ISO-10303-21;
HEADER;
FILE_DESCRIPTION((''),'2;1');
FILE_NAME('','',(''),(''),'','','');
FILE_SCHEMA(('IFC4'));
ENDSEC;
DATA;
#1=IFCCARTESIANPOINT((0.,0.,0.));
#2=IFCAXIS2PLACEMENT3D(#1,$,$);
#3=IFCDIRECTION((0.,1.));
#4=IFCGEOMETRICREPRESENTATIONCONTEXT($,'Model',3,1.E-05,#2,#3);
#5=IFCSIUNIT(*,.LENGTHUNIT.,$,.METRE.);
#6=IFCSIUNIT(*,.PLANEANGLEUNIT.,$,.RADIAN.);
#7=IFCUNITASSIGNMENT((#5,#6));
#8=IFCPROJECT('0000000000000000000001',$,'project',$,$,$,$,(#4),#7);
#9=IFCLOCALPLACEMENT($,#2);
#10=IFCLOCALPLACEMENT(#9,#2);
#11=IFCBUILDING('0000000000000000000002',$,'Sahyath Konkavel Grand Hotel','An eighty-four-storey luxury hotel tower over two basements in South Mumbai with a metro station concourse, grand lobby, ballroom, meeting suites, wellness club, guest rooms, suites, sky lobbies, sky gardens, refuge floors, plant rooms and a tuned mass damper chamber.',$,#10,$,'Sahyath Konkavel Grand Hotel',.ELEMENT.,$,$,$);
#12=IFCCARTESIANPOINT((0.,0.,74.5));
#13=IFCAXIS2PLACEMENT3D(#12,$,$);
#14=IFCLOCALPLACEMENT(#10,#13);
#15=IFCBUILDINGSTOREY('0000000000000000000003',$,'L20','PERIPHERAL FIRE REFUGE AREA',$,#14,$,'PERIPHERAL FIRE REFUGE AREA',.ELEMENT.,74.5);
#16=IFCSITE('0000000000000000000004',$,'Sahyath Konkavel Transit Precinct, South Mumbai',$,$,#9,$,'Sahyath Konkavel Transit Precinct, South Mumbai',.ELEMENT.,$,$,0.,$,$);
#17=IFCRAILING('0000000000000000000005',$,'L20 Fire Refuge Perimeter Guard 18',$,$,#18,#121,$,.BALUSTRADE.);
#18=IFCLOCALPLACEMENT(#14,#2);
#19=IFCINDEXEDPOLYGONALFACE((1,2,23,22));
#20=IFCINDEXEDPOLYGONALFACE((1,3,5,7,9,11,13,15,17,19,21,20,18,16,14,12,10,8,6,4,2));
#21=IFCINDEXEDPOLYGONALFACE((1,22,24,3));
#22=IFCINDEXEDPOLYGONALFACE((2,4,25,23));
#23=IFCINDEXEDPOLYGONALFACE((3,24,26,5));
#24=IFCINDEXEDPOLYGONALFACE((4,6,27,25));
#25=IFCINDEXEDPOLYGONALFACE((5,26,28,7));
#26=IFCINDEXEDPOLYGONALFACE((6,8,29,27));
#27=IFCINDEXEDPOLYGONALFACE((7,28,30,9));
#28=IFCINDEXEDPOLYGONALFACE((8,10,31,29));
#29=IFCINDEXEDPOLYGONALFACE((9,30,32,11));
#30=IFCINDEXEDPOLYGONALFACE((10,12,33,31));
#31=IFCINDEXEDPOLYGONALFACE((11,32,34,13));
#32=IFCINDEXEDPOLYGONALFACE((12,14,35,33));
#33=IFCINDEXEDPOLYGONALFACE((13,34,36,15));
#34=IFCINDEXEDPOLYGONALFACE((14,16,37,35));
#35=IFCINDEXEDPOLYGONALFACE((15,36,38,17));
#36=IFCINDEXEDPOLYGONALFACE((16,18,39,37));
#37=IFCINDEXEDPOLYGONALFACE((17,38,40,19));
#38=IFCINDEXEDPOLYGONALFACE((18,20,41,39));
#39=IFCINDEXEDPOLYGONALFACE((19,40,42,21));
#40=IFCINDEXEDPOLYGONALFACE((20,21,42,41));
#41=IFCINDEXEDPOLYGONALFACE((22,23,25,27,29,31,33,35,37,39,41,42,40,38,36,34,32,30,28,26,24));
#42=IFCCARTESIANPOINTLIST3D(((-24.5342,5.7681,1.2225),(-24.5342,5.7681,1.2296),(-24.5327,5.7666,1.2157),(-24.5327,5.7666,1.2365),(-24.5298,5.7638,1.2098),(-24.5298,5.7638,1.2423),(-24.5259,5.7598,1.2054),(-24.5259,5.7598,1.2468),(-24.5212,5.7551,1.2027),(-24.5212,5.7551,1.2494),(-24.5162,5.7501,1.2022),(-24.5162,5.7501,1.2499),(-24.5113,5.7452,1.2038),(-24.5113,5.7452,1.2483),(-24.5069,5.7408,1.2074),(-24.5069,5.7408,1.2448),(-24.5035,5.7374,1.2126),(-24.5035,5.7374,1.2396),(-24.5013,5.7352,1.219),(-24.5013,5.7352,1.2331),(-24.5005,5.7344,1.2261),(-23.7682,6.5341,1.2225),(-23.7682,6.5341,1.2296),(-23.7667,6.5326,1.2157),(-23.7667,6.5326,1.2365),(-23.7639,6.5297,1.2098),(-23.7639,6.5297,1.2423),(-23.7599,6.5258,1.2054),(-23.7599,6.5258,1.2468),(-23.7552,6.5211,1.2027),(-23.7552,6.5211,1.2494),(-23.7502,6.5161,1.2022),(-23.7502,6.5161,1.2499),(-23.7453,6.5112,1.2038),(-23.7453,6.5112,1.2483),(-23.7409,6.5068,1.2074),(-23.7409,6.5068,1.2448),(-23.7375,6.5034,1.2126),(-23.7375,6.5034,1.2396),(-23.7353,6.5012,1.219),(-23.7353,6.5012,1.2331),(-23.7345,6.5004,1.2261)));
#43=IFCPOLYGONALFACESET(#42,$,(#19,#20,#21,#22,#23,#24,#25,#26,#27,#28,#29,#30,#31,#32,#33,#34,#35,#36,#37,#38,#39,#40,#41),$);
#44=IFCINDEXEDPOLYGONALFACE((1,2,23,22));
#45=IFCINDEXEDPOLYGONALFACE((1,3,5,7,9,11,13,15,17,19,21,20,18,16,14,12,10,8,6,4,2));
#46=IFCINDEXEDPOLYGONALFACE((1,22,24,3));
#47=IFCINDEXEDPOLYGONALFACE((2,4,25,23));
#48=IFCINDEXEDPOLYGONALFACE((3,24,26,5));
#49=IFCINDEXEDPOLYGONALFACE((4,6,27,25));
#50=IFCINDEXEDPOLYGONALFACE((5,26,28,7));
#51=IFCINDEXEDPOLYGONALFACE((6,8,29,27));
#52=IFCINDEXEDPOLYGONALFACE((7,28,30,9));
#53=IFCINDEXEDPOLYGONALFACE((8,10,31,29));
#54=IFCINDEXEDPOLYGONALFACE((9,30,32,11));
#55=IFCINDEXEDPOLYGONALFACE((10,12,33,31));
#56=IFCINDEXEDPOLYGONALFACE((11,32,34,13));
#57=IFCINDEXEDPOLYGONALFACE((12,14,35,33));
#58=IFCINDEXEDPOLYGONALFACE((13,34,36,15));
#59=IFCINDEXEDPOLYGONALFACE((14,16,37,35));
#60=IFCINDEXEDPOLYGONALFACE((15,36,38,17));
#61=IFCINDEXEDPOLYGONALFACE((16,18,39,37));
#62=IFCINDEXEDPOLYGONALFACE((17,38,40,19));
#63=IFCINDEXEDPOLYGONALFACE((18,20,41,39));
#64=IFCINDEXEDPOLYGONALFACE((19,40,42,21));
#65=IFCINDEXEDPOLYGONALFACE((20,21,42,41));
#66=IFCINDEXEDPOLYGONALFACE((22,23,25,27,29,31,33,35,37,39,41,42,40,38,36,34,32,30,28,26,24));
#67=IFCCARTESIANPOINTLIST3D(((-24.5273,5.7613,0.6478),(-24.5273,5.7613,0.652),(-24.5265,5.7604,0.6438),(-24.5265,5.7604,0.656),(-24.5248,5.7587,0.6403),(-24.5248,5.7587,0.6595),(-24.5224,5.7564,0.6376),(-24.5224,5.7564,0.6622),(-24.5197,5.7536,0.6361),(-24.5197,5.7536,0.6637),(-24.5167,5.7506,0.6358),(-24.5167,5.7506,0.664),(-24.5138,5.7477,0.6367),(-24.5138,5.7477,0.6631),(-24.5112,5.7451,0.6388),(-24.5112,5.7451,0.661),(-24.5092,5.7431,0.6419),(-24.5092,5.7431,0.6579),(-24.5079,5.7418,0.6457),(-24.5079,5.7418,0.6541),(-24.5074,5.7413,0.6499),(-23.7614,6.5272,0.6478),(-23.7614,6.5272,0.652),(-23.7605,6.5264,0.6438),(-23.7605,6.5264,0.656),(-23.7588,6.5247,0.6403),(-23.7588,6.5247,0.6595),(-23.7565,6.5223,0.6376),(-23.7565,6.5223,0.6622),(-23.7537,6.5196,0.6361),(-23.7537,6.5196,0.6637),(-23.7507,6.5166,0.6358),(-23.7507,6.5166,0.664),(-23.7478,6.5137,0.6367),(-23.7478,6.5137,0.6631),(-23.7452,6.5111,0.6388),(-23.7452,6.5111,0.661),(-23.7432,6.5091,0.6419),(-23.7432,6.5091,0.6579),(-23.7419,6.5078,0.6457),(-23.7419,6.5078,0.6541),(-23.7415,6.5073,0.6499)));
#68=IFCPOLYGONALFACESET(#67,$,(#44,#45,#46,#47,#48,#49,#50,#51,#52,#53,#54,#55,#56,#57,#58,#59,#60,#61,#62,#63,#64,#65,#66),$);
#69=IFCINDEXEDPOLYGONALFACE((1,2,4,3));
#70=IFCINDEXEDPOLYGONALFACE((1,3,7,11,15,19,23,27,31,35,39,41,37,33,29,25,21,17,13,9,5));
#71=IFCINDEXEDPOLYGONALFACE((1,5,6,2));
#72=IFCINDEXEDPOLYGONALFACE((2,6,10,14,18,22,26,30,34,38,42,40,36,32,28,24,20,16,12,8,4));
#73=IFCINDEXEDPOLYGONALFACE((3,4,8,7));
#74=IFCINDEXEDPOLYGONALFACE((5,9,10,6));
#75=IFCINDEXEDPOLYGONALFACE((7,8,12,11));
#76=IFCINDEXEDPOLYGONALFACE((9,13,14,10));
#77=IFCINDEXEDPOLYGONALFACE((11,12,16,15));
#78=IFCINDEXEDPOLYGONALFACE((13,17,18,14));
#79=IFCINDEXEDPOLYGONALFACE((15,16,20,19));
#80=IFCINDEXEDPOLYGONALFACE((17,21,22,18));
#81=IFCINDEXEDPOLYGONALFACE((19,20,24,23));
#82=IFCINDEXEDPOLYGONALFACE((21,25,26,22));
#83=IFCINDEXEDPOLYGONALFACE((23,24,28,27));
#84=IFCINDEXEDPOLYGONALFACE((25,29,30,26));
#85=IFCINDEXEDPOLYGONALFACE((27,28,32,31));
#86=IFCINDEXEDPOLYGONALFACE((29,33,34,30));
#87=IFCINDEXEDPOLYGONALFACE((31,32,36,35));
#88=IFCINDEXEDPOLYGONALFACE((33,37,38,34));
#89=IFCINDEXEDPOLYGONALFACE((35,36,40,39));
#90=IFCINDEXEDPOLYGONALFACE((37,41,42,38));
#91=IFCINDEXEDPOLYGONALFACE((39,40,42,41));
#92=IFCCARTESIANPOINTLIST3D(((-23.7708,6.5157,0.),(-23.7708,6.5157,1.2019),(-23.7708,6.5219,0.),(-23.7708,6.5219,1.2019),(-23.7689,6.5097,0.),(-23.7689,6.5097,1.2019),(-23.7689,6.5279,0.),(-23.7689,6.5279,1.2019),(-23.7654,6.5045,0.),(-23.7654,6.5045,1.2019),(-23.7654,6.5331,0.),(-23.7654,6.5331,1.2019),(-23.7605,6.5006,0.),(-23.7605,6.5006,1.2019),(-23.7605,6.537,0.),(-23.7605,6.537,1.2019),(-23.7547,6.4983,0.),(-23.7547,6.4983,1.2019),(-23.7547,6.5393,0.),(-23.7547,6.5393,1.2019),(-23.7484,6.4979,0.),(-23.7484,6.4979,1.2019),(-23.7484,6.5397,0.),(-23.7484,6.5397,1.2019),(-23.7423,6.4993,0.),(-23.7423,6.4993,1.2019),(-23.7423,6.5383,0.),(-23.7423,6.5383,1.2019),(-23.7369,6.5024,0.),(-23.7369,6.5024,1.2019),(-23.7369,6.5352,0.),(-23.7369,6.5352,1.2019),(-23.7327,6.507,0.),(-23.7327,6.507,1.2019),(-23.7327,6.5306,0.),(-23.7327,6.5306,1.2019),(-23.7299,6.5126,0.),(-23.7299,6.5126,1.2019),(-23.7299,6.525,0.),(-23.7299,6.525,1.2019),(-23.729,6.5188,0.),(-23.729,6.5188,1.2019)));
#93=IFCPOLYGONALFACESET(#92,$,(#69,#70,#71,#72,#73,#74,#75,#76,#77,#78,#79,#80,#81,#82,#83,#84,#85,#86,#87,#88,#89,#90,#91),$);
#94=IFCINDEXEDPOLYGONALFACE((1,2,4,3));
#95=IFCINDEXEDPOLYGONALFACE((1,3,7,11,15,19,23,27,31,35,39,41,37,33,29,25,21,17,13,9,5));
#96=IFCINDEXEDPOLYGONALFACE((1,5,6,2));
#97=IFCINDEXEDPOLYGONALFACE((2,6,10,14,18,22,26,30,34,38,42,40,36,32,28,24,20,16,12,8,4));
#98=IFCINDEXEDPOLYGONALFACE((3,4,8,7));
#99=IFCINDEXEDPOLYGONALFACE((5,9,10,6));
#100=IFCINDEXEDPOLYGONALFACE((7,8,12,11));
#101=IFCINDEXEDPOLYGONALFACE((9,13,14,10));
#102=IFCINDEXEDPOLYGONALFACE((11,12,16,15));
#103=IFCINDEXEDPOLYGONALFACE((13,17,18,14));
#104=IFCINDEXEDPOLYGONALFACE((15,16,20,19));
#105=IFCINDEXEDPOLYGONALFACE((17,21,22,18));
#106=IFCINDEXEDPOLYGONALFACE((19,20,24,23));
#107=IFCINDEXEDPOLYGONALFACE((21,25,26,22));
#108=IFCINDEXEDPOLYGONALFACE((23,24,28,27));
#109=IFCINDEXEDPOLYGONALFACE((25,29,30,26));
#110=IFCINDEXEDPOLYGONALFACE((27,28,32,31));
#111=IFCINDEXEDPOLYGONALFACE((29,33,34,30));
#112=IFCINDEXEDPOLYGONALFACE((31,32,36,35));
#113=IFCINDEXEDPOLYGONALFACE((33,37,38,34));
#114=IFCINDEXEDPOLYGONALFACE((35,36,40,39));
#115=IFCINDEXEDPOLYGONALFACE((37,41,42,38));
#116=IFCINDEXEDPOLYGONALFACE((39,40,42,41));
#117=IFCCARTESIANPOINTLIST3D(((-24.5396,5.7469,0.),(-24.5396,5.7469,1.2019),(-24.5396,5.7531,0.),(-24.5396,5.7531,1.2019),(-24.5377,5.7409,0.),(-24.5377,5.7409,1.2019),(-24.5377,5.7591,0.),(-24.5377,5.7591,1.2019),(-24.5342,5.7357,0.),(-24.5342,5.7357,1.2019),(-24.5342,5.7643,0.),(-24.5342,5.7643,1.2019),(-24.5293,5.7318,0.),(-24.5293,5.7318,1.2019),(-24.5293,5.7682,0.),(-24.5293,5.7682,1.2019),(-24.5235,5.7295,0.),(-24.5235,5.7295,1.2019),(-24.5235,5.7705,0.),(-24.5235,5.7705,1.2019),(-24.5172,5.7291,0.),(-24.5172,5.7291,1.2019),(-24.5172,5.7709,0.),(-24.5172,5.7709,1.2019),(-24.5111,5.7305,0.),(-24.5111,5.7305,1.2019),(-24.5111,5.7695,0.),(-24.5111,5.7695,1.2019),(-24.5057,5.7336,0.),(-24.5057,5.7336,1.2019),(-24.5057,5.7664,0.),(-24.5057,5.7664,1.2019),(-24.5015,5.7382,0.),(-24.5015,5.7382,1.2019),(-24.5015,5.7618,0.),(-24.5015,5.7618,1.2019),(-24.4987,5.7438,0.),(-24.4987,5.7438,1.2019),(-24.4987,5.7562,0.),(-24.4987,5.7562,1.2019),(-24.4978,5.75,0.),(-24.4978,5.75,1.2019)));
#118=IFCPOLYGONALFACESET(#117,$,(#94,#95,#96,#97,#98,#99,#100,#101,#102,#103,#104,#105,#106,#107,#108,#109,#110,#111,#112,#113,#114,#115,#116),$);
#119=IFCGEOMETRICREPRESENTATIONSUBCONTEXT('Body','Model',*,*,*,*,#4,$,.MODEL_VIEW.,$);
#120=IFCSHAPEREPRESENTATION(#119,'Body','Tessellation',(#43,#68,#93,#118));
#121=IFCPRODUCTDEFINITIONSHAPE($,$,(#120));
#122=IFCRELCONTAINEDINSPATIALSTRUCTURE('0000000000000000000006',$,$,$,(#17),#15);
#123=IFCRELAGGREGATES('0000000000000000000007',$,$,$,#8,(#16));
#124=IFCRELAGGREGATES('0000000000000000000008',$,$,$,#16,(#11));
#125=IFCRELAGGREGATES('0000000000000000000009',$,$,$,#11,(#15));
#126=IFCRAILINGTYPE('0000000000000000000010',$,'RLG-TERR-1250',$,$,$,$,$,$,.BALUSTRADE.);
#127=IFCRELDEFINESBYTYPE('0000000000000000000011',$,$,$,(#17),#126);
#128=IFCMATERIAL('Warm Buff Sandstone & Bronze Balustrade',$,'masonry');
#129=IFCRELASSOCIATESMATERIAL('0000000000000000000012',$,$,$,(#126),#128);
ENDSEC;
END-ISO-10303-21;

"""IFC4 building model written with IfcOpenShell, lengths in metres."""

from ifc_helpers import new_model, si_unit, direction, frame, origin, origin_2d, place, context, subcontext, project, spatial, circle, extrude, material, type_object, element, save


model = new_model("IFC4")

# Units and contexts
model_context = context("Model", 3, precision=1e-05, world=origin(), true_north=direction((0.0, 1.0)))
body_context = subcontext(model_context, "Body", "Model", "MODEL_VIEW")
ifc_project = project(units=[si_unit("LENGTHUNIT", "METRE"), si_unit("PLANEANGLEUNIT", "RADIAN")], contexts=[model_context])

# Site, building, storey
site_placement = place(None, origin())
site = spatial("IfcSite", under=ifc_project, at=site_placement, Name="Sahyath Konkavel Transit Precinct, South Mumbai", LongName="Sahyath Konkavel Transit Precinct, South Mumbai", CompositionType="ELEMENT", RefElevation=0.0)
building_placement = place(site_placement, origin())
building = spatial("IfcBuilding", under=site, at=building_placement, Name="Sahyath Konkavel Grand Hotel", Description="An eighty-four-storey luxury hotel tower over two basements in South Mumbai with a metro station concourse, grand lobby, ballroom, meeting suites, wellness club, guest rooms, suites, sky lobbies, sky gardens, refuge floors, plant rooms and a tuned mass damper chamber.", LongName="Sahyath Konkavel Grand Hotel", CompositionType="ELEMENT")
storey_placement = place(building_placement, frame((0.0, 0.0, 74.5)))
storey = spatial("IfcBuildingStorey", under=building, at=storey_placement, Name="L20", Description="PERIPHERAL FIRE REFUGE AREA", LongName="PERIPHERAL FIRE REFUGE AREA", CompositionType="ELEMENT", Elevation=74.5)

# Railing
ifc_material_1 = material(Name="Warm Buff Sandstone & Bronze Balustrade", Category="masonry")
railing_type = type_object("IfcRailingType", Name="RLG-TERR-1250", PredefinedType="BALUSTRADE", material=ifc_material_1)
railing_1_placement = place(storey_placement, frame((-23.75, 6.5188, 0.0)))
element("IfcRailing", 1, at=railing_1_placement, inside=storey, type_object=railing_type, Name="L20 Fire Refuge Perimeter Guard 18", PredefinedType="BALUSTRADE", context=body_context, shape_type="SweptSolid", body=[
    extrude(circle(Radius=0.0239, at=origin_2d()), frame((-0.0015, -0.0015, 1.2261), z_axis=(-0.707107, -0.707107, 0.0), x_axis=(0.707107, -0.707107, 0.0)), (0.0, 0.0, 1.0), 1.0833),
    extrude(circle(Radius=0.0142, at=origin_2d()), frame((-0.0015, -0.0015, 0.6499), z_axis=(-0.707107, -0.707107, 0.0), x_axis=(0.707107, -0.707107, 0.0)), (0.0, 0.0, 1.0), 1.0833),
    extrude(circle(Radius=0.021, at=origin_2d()), origin(), (0.0, 0.0, 1.0), 1.2019),
    extrude(circle(Radius=0.021, at=origin_2d()), frame((-0.7688, -0.7688, 0.0)), (0.0, 0.0, 1.0), 1.2019),
])

save(model, "model.ifc")
